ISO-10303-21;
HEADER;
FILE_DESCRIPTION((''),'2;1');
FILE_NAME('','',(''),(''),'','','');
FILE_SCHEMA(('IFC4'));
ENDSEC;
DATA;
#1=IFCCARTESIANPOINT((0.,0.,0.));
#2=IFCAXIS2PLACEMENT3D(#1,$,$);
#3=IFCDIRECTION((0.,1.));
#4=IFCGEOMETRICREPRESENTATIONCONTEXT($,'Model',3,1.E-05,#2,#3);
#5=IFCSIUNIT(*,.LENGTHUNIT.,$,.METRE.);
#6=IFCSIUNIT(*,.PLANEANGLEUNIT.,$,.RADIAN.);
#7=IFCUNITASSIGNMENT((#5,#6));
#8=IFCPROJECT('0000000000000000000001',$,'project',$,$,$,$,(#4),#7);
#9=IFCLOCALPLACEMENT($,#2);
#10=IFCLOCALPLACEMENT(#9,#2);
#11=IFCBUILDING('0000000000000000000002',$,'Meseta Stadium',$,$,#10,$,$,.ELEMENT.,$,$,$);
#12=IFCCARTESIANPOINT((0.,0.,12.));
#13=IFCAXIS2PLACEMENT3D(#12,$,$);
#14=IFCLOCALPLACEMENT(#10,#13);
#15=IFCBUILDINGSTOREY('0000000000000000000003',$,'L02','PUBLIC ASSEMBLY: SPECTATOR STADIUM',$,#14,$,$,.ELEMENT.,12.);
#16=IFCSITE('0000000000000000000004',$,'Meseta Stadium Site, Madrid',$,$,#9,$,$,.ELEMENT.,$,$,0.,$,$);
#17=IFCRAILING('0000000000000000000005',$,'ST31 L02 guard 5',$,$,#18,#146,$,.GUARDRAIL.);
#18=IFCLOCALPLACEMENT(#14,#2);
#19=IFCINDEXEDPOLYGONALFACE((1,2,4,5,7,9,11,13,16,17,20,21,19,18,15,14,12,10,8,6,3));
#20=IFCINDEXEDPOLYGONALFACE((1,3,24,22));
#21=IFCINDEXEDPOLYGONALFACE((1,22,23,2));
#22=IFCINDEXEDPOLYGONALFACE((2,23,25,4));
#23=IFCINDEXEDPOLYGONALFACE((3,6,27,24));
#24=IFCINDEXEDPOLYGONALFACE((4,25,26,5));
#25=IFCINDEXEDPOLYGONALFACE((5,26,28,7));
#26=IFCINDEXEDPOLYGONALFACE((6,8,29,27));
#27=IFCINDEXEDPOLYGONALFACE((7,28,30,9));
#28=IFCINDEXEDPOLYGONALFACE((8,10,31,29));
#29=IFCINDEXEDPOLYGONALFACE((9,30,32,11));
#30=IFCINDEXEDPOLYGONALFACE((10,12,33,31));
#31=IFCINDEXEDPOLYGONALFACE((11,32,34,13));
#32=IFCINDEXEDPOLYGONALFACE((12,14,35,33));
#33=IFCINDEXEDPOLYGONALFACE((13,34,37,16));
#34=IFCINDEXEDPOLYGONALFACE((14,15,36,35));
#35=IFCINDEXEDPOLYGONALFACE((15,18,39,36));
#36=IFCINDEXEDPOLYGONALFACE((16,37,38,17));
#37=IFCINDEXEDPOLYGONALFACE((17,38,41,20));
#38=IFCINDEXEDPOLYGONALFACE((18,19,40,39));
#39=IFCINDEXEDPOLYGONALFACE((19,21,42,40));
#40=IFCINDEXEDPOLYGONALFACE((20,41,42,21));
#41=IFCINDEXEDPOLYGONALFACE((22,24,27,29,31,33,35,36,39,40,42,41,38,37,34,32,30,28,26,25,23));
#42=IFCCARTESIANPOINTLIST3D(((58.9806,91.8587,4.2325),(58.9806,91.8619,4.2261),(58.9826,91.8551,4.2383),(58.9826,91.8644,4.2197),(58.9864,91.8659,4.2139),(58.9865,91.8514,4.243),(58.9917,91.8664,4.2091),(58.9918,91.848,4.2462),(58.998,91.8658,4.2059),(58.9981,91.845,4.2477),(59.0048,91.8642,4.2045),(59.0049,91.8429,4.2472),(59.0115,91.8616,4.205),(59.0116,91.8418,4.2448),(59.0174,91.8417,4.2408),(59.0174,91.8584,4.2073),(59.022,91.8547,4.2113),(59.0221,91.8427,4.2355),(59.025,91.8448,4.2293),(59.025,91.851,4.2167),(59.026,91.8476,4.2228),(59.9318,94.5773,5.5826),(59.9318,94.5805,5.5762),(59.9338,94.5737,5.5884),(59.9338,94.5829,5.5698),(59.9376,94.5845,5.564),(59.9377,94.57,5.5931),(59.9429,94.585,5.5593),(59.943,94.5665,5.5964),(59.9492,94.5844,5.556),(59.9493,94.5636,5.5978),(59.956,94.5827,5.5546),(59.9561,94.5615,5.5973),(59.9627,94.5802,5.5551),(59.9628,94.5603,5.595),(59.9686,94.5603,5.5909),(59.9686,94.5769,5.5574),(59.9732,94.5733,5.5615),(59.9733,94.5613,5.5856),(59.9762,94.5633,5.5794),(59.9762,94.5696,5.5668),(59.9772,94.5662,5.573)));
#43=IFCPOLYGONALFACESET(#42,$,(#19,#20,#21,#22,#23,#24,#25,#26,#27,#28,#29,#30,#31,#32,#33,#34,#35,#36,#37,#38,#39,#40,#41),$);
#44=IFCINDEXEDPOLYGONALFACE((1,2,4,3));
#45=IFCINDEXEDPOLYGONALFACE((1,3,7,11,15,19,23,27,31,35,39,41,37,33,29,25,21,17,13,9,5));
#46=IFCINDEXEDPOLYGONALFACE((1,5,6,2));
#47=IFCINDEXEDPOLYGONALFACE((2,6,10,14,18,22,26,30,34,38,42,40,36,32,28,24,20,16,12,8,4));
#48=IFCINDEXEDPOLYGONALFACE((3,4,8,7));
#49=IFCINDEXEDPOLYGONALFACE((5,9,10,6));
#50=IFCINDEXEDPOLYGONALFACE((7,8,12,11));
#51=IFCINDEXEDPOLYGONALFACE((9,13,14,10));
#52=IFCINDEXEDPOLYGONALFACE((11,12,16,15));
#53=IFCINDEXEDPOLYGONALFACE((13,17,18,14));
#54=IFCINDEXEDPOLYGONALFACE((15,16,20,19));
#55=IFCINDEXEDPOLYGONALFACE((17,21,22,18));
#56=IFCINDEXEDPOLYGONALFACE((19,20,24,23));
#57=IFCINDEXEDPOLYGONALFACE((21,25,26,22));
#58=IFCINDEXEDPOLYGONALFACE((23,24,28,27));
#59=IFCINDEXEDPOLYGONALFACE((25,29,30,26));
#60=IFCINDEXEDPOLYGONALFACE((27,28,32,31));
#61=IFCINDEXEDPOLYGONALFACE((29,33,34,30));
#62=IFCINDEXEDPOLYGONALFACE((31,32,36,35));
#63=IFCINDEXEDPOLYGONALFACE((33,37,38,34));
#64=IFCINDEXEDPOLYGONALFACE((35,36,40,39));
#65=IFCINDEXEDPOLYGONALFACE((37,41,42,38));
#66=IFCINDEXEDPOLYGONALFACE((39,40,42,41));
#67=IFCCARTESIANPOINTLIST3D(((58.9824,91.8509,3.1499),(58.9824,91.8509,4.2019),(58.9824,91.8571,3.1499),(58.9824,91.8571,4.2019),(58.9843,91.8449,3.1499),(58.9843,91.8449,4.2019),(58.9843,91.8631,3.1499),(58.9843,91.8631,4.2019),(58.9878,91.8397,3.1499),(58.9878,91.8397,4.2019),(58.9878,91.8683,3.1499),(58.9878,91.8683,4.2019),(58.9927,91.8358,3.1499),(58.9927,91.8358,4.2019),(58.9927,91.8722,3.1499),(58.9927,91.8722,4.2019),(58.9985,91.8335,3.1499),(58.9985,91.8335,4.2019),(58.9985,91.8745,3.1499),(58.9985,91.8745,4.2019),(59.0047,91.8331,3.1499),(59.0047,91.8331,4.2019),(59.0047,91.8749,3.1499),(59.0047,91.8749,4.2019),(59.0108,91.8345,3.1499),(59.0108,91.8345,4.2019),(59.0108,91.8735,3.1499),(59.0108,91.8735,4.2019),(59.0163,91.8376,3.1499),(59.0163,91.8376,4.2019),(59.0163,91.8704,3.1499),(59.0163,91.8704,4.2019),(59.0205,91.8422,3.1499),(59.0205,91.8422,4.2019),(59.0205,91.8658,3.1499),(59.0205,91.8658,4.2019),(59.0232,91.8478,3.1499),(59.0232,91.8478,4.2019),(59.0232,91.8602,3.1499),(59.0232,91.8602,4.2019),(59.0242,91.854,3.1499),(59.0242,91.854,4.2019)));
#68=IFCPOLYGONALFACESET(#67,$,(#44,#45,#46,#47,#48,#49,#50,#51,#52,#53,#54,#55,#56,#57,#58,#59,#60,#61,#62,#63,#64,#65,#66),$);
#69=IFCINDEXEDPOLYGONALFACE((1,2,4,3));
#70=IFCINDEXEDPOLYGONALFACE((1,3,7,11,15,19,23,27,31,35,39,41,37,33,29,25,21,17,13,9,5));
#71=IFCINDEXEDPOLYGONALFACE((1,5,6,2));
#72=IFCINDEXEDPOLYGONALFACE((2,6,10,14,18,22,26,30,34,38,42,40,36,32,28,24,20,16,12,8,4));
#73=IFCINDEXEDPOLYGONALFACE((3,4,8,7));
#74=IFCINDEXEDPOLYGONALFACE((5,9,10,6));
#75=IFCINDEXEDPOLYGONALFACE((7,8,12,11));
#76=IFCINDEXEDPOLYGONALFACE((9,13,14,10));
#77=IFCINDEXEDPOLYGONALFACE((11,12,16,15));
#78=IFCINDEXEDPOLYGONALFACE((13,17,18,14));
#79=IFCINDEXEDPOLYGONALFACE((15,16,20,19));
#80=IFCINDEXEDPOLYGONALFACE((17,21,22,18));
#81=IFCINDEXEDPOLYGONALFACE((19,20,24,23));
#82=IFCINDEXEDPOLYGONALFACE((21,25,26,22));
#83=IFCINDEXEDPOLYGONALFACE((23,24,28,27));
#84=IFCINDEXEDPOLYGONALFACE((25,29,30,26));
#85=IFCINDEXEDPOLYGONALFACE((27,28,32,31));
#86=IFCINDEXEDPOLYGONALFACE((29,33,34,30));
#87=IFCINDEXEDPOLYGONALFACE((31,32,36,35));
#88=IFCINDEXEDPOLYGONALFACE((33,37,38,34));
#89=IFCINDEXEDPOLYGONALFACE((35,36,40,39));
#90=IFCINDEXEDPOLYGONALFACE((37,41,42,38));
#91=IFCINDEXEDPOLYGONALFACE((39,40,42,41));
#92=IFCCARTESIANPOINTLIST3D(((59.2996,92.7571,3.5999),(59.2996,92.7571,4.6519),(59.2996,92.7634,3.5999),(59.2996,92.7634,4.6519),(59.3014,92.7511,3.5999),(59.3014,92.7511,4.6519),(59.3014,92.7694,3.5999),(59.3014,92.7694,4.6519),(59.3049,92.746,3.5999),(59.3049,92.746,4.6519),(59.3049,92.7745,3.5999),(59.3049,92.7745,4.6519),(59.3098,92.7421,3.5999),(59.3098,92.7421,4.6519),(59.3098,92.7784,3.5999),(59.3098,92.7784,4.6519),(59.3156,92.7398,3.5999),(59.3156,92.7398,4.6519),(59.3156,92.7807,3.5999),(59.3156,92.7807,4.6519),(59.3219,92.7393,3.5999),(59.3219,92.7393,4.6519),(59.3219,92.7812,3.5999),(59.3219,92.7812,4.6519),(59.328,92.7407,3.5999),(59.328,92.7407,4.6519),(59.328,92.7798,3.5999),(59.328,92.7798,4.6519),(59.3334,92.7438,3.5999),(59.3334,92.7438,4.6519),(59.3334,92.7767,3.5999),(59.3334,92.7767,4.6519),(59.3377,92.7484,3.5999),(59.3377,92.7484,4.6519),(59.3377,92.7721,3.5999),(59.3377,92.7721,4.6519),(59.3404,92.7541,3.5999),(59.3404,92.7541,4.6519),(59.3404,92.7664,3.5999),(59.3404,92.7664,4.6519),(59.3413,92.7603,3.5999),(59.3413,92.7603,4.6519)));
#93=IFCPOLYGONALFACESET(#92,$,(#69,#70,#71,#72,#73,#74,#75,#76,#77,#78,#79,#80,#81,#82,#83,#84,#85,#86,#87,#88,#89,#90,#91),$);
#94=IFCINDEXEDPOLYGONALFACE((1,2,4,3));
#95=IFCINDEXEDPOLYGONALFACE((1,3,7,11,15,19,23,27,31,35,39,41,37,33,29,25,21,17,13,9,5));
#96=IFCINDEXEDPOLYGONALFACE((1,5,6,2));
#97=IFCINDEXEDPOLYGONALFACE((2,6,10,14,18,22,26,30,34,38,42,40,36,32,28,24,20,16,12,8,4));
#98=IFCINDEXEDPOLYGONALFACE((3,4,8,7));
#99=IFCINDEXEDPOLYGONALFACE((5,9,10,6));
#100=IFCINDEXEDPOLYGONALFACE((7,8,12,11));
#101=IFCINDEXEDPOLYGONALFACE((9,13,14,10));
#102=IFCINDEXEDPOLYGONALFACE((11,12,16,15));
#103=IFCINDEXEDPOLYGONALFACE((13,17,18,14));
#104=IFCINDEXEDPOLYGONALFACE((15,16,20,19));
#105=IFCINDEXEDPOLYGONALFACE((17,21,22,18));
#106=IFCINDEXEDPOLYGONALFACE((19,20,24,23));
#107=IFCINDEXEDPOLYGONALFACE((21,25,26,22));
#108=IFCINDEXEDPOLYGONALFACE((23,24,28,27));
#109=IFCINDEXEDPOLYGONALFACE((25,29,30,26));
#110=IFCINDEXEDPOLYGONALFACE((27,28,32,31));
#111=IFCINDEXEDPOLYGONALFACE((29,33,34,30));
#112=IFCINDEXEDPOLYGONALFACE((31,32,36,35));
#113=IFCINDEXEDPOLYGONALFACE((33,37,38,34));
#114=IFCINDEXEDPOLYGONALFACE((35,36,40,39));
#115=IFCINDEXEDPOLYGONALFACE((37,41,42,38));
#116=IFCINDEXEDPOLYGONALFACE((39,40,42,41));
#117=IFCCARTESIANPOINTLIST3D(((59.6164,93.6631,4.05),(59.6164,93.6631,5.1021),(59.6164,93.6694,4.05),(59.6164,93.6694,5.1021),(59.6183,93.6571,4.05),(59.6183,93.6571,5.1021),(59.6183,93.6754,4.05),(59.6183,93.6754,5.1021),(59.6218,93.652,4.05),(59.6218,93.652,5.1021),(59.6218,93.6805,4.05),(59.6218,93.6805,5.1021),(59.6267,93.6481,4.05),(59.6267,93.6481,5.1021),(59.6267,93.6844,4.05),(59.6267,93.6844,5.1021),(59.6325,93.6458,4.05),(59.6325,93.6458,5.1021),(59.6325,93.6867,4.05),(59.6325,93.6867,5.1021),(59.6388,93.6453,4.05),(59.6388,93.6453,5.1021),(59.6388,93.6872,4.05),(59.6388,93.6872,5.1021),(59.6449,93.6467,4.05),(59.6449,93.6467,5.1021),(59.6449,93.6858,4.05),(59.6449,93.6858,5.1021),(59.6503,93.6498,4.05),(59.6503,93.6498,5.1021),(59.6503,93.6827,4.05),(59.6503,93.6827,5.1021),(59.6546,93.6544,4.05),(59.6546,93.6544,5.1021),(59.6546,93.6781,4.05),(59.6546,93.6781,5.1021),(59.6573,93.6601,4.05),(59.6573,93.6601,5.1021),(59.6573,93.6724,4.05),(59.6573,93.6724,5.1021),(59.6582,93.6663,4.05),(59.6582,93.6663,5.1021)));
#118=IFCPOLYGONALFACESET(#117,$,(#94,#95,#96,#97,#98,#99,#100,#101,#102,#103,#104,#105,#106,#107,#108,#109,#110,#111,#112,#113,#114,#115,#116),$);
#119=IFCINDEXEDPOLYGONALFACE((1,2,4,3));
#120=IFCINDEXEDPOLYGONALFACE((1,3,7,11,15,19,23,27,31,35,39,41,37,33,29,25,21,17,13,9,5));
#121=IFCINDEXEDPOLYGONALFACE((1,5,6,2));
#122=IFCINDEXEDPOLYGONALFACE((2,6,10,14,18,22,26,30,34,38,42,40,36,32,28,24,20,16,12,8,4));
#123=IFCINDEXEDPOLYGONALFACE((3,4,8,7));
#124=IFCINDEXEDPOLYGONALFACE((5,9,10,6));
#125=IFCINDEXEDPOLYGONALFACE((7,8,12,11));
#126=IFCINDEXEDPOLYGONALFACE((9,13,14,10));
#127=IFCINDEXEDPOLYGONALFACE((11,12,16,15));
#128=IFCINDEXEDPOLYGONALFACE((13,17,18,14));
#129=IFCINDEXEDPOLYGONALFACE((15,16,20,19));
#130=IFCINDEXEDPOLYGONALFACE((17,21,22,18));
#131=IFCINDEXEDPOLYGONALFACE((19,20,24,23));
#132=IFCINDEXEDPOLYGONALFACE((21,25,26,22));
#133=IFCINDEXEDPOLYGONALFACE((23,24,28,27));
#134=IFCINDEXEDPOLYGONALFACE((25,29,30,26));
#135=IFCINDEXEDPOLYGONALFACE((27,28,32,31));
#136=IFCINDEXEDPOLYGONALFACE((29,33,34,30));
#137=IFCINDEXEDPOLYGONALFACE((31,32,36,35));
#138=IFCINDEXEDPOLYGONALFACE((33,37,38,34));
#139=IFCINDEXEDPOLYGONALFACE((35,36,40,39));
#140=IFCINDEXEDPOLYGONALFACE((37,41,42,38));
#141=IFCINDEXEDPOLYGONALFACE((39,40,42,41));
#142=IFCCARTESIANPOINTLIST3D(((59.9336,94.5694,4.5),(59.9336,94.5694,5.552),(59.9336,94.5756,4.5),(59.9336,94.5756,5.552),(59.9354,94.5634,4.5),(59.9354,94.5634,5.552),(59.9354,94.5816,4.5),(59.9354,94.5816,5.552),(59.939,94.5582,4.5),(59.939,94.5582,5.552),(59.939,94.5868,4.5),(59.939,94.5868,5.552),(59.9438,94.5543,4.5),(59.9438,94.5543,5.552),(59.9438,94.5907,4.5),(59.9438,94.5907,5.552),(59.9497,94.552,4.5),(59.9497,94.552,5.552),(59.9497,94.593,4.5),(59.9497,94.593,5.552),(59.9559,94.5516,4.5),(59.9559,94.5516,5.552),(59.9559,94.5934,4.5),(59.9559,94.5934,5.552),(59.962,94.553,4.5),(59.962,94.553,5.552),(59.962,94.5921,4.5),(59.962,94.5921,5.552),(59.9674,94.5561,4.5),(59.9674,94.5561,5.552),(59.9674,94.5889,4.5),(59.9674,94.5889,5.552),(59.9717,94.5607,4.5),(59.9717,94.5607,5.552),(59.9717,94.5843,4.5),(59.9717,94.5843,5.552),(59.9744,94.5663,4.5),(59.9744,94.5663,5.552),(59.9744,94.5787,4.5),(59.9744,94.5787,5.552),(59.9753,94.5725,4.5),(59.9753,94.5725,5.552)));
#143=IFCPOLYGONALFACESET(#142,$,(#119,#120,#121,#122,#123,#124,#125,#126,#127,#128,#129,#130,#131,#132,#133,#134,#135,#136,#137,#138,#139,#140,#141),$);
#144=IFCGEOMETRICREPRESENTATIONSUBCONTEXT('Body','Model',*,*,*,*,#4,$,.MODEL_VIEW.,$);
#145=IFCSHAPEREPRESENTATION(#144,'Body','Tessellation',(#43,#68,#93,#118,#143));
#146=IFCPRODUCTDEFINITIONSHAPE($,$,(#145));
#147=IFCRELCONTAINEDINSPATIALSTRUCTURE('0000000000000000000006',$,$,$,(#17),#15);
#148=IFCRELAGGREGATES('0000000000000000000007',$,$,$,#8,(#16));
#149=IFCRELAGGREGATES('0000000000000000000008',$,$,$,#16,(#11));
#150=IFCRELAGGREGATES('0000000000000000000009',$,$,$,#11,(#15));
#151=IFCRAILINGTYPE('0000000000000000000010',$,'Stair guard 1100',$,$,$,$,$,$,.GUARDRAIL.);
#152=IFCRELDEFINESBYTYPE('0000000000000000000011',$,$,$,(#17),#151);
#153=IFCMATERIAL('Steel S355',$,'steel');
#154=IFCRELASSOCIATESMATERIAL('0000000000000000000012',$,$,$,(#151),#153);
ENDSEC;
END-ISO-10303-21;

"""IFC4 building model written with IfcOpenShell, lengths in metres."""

from ifc_helpers import new_model, si_unit, direction, frame, origin, origin_2d, place, context, subcontext, project, spatial, circle, extrude, material, type_object, element, save


model = new_model("IFC4")

# Units and contexts
model_context = context("Model", 3, precision=1e-05, world=origin(), true_north=direction((0.0, 1.0)))
body_context = subcontext(model_context, "Body", "Model", "MODEL_VIEW")
ifc_project = project(units=[si_unit("LENGTHUNIT", "METRE"), si_unit("PLANEANGLEUNIT", "RADIAN")], contexts=[model_context])

# Site, building, storey
site_placement = place(None, origin())
site = spatial("IfcSite", under=ifc_project, at=site_placement, Name="Meseta Stadium Site, Madrid", CompositionType="ELEMENT", RefElevation=0.0)
building_placement = place(site_placement, origin())
building = spatial("IfcBuilding", under=site, at=building_placement, Name="Meseta Stadium", CompositionType="ELEMENT")
storey_placement = place(building_placement, frame((0.0, 0.0, 12.0)))
storey = spatial("IfcBuildingStorey", under=building, at=storey_placement, Name="L02", Description="PUBLIC ASSEMBLY: SPECTATOR STADIUM", CompositionType="ELEMENT", Elevation=12.0)

# Railing
ifc_material_1 = material(Name="Steel S355", Category="steel")
railing_type_1 = type_object("IfcRailingType", Name="Stair guard 1100", PredefinedType="GUARDRAIL", material=ifc_material_1)
railing_1_placement = place(storey_placement, frame((59.0032, 91.854, 3.1499)))
element("IfcRailing", 1, at=railing_1_placement, inside=storey, type_object=railing_type_1, Name="ST31 L02 guard 5", PredefinedType="GUARDRAIL", context=body_context, shape_type="SweptSolid", body=[
    extrude(circle(Radius=0.0239, at=origin_2d()), frame((0.0, 0.0, 1.0762), z_axis=(0.299031, 0.854649, 0.424446), x_axis=(-0.943891, 0.330256, 0.0)), (0.0, 0.0, 1.0), 3.1809),
    extrude(circle(Radius=0.021, at=origin_2d()), origin(), (0.0, 0.0, 1.0), 1.052),
    extrude(circle(Radius=0.021, at=origin_2d()), frame((0.3171, 0.9062, 0.45)), (0.0, 0.0, 1.0), 1.052),
    extrude(circle(Radius=0.021, at=origin_2d()), frame((0.634, 1.8123, 0.9001)), (0.0, 0.0, 1.0), 1.052),
    extrude(circle(Radius=0.021, at=origin_2d()), frame((0.9512, 2.7185, 1.3501)), (0.0, 0.0, 1.0), 1.052),
])

save(model, "model.ifc")
